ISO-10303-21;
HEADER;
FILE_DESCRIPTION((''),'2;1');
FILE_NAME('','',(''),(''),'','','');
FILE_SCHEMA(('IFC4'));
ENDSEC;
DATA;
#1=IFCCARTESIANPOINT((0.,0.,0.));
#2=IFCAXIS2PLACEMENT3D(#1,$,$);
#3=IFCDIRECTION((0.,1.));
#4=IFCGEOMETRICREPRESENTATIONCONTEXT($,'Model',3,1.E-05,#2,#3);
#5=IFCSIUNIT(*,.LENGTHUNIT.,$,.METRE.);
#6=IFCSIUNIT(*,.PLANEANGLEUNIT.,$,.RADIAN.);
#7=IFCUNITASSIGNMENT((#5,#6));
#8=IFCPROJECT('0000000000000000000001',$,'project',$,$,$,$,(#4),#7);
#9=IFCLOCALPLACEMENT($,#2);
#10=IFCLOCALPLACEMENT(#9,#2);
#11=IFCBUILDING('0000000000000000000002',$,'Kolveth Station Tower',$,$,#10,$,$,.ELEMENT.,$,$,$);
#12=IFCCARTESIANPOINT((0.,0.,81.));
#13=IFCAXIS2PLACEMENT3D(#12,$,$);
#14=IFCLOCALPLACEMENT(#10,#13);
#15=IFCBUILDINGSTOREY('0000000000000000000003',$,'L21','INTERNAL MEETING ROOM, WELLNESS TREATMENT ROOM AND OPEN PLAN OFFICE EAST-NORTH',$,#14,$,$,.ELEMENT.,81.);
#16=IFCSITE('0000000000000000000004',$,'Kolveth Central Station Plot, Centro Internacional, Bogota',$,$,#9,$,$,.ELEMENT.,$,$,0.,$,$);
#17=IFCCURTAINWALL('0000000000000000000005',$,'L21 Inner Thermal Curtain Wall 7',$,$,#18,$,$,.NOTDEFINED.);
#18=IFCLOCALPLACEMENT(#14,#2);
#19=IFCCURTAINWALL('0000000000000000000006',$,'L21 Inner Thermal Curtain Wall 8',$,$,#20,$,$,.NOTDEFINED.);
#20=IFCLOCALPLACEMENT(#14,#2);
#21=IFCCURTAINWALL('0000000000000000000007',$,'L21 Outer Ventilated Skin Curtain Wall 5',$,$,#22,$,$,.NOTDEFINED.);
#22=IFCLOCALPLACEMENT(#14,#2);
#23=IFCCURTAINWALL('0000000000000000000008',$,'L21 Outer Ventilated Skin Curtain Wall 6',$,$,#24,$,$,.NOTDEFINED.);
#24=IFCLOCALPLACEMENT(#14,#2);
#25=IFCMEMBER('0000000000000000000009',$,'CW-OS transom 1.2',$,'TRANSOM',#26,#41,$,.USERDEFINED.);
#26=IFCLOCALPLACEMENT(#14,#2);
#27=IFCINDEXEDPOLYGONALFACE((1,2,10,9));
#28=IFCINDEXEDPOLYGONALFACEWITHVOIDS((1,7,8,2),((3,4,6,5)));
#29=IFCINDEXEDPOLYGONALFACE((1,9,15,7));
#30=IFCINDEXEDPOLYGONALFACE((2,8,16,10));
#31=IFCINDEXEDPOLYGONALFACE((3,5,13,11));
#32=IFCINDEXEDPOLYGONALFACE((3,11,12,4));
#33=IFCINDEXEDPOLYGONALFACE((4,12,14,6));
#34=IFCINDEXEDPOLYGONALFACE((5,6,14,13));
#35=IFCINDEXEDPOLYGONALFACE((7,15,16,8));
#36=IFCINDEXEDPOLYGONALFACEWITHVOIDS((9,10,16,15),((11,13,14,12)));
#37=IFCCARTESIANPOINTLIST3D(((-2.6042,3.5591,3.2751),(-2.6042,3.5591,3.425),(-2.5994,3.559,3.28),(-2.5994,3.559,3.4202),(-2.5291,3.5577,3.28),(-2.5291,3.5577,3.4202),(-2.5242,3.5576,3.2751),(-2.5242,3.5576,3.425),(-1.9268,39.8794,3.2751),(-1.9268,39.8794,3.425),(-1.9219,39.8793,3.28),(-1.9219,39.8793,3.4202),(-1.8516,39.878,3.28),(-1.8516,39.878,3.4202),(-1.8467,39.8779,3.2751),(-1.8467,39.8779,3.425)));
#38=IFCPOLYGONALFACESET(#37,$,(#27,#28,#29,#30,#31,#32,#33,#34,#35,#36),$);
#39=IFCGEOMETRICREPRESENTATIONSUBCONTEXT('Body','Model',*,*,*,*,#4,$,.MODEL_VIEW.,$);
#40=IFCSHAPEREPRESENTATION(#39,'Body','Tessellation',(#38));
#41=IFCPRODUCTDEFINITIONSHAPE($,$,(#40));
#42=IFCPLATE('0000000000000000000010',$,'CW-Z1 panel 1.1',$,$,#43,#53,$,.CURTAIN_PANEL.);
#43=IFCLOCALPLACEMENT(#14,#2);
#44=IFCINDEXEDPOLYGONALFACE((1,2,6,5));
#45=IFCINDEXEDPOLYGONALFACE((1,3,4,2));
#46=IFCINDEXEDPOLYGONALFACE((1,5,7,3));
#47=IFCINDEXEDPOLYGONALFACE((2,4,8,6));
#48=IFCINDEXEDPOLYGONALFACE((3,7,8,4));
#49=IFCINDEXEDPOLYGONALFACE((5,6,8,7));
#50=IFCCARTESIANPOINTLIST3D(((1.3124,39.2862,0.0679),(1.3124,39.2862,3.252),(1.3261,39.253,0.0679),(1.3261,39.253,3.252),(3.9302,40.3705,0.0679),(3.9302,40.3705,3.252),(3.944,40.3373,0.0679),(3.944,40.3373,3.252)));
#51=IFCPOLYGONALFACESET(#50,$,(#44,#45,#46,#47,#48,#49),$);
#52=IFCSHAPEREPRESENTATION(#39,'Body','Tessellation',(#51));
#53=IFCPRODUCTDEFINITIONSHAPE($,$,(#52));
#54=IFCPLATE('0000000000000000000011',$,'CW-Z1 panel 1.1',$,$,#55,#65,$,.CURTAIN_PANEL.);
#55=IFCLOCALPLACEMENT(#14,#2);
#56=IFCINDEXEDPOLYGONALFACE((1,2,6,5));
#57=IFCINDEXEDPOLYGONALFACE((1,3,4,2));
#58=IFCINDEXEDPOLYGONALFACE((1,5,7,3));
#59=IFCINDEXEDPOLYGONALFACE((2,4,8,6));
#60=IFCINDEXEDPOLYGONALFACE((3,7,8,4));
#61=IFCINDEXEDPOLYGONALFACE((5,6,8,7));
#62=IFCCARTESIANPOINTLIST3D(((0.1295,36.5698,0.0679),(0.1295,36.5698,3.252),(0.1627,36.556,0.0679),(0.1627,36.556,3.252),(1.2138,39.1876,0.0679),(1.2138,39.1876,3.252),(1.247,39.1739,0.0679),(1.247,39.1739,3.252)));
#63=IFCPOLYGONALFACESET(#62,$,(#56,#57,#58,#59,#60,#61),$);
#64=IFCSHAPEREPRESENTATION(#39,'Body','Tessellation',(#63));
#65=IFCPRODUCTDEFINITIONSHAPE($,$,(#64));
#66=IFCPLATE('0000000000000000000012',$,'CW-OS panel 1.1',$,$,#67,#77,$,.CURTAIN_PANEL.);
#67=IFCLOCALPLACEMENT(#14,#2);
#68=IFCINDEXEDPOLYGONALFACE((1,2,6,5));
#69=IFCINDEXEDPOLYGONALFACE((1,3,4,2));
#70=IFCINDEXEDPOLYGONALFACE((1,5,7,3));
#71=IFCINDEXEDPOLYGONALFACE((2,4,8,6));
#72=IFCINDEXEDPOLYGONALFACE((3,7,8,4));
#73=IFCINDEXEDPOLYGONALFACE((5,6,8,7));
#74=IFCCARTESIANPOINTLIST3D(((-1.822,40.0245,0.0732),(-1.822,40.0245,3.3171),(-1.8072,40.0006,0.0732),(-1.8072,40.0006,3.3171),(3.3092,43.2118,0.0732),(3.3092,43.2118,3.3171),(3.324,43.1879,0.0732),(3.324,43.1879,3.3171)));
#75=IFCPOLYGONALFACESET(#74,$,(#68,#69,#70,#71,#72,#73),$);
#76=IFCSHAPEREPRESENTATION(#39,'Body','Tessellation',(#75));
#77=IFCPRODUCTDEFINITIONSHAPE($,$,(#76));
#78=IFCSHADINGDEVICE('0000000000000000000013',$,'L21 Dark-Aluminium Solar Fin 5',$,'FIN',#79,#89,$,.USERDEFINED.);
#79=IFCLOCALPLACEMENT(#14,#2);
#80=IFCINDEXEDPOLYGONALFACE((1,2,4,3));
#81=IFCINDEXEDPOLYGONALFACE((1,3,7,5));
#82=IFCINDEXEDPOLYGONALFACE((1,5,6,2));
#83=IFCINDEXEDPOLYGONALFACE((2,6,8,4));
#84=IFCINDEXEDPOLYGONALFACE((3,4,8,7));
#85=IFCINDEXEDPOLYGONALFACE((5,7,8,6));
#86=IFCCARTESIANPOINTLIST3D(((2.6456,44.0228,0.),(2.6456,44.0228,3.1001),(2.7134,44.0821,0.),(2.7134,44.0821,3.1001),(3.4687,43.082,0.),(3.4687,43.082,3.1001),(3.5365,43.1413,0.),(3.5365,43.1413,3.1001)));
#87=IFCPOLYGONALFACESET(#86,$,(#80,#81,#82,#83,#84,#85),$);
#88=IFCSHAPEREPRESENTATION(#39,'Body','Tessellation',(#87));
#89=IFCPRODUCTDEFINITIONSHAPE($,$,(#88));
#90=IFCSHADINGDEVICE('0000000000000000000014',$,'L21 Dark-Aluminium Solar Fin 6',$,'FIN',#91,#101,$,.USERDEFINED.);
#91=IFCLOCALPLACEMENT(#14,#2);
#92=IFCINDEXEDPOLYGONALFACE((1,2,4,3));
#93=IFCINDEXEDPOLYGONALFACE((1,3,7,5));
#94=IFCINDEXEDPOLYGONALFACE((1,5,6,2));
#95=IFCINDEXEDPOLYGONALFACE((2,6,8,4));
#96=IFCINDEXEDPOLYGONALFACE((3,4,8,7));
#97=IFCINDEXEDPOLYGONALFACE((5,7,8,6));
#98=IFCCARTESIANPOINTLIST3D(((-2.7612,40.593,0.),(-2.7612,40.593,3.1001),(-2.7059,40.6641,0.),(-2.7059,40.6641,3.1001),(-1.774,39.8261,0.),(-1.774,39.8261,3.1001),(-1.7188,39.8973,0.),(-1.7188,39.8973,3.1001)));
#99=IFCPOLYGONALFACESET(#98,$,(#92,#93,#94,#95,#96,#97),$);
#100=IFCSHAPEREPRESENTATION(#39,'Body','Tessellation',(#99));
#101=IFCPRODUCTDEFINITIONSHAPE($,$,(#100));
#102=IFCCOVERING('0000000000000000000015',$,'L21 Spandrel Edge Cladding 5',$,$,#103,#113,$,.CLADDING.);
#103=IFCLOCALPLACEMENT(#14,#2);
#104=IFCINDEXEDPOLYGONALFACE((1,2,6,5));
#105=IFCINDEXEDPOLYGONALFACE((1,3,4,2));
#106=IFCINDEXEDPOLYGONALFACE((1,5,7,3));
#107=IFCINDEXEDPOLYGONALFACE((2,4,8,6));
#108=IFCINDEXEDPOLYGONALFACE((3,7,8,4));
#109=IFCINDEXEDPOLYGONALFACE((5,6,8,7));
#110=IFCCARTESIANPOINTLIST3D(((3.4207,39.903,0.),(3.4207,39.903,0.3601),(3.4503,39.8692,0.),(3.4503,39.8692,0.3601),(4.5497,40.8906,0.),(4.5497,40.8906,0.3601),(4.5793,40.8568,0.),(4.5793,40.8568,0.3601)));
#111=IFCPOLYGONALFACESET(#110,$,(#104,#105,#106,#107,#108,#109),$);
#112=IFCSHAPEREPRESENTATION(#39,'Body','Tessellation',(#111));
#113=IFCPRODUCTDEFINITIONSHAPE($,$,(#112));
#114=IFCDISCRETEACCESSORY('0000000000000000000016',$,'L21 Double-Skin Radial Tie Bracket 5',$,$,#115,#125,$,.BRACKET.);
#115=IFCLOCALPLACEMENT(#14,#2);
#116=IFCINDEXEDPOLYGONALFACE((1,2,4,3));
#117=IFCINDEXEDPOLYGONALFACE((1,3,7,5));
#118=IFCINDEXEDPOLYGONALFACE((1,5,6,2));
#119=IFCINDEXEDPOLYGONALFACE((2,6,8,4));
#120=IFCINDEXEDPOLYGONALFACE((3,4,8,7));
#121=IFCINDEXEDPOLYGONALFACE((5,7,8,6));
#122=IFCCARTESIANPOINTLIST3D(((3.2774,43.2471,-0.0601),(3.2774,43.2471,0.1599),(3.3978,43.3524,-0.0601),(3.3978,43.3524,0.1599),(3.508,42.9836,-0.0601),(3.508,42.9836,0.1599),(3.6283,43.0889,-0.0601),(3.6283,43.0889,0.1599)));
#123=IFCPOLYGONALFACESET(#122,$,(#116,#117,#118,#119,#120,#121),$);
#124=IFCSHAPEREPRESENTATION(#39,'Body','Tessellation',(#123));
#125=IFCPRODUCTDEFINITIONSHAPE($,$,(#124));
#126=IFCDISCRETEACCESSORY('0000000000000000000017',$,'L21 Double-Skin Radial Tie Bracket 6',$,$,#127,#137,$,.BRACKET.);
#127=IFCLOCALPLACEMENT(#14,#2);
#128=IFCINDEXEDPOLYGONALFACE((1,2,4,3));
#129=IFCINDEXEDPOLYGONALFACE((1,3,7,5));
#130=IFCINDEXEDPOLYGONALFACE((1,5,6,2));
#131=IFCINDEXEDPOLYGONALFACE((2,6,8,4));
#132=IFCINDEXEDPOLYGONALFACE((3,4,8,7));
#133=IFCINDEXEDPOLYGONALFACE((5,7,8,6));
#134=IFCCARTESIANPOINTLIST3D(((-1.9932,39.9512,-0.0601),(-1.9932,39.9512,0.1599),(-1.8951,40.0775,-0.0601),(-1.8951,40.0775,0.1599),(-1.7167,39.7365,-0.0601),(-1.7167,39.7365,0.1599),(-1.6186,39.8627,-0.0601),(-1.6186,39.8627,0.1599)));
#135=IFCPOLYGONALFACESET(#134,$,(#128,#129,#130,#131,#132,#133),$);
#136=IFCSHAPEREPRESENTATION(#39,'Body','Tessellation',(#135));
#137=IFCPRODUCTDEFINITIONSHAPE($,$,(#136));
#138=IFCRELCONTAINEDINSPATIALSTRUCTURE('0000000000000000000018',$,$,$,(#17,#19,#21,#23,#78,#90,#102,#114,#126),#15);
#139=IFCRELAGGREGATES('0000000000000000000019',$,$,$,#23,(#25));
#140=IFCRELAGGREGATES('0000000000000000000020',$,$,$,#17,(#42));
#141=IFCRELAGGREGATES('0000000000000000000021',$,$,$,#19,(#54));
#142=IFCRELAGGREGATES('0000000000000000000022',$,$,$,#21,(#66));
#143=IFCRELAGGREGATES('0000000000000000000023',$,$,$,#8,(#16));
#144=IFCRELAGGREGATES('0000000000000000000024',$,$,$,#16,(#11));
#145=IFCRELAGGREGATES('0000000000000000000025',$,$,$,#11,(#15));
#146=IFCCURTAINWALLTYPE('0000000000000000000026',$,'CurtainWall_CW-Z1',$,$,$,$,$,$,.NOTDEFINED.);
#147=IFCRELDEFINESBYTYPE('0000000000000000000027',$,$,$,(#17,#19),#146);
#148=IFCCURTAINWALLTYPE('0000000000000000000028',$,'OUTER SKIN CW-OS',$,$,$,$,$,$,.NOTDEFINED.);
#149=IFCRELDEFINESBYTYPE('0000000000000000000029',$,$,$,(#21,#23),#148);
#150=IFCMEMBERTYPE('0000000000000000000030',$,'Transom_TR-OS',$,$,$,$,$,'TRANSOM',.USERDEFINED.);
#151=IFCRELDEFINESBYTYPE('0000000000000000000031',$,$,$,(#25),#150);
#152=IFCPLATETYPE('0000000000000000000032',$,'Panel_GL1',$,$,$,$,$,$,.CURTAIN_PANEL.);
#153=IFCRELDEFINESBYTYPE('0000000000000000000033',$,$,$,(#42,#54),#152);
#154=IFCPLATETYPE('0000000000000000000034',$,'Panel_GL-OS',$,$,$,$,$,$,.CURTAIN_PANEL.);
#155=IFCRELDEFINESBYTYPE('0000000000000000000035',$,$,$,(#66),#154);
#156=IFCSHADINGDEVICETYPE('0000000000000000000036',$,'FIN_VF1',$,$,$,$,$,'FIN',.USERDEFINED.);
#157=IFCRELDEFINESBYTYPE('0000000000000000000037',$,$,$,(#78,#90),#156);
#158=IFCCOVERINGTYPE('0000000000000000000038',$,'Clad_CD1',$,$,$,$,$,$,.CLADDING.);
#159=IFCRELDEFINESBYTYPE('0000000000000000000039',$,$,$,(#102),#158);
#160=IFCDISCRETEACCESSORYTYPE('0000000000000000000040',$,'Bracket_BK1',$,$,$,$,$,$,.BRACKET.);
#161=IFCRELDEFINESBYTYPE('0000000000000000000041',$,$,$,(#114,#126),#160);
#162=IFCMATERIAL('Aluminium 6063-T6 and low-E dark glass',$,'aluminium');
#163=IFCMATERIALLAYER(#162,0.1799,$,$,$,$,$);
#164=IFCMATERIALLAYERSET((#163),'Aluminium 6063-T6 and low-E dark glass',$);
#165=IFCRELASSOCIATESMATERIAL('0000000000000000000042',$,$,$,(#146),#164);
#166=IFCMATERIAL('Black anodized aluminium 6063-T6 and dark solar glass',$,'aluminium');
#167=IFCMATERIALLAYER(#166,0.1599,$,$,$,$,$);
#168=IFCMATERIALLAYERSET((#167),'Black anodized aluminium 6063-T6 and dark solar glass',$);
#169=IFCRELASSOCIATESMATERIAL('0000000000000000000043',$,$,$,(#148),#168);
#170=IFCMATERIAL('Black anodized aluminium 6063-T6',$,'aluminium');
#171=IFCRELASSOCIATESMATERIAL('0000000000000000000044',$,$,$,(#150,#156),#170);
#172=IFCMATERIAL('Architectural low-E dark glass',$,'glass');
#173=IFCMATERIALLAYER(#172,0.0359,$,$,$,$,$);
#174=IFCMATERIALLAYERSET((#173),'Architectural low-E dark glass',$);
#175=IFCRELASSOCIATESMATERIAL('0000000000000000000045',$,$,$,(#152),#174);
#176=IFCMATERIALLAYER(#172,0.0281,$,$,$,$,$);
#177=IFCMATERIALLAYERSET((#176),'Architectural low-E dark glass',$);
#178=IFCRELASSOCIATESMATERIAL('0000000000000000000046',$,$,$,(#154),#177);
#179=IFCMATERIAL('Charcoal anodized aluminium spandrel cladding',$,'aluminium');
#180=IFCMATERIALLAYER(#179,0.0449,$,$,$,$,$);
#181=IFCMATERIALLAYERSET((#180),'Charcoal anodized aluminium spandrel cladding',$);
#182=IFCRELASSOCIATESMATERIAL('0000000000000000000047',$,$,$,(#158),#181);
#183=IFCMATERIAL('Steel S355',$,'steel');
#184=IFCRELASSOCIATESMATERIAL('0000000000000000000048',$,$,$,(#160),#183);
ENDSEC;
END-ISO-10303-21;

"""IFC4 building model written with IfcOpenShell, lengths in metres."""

from ifc_helpers import new_model, si_unit, direction, frame, origin, origin_2d, place, context, subcontext, project, spatial, rectangle, hollow_rectangle, extrude, source, transform, mapped, material, layer, layer_set, material_profile, profile_set, type_object, element, aggregate, save


model = new_model("IFC4")

# Units and contexts
model_context = context("Model", 3, precision=1e-05, world=origin(), true_north=direction((0.0, 1.0)))
body_context = subcontext(model_context, "Body", "Model", "MODEL_VIEW")
ifc_project = project(units=[si_unit("LENGTHUNIT", "METRE"), si_unit("PLANEANGLEUNIT", "RADIAN")], contexts=[model_context])

# Site, building, storey
site_placement = place(None, origin())
site = spatial("IfcSite", under=ifc_project, at=site_placement, Name="Kolveth Central Station Plot, Centro Internacional, Bogota", CompositionType="ELEMENT", RefElevation=0.0)
building_placement = place(site_placement, origin())
building = spatial("IfcBuilding", under=site, at=building_placement, Name="Kolveth Station Tower", CompositionType="ELEMENT")
storey_placement = place(building_placement, frame((0.0, 0.0, 81.0)))
storey = spatial("IfcBuildingStorey", under=building, at=storey_placement, Name="L21", Description="INTERNAL MEETING ROOM, WELLNESS TREATMENT ROOM AND OPEN PLAN OFFICE EAST-NORTH", CompositionType="ELEMENT", Elevation=81.0)

# Shared definitions
ifc_material_1 = material(Name="Steel S355", Category="steel")

# Shared definitions
ifc_material_2 = material(Name="Aluminium 6063-T6 and low-E dark glass", Category="aluminium")
ifc_layer_1 = layer(ifc_material_2, 0.1799)
ifc_layer_set_1 = layer_set([ifc_layer_1], Name="Aluminium 6063-T6 and low-E dark glass")
curtain_wall_type_1 = type_object("IfcCurtainWallType", Name="CurtainWall_CW-Z1", PredefinedType="NOTDEFINED", material=ifc_layer_set_1)
ifc_material_3 = material(Name="Black anodized aluminium 6063-T6", Category="aluminium")

# Curtain walls
curtain_wall_1_placement = place(storey_placement, origin())
curtain_wall_1 = element("IfcCurtainWall", 1, at=curtain_wall_1_placement, inside=storey, type_object=curtain_wall_type_1, Name="L21 Inner Thermal Curtain Wall 7", PredefinedType="NOTDEFINED")
curtain_wall_2_placement = place(storey_placement, origin())
curtain_wall_2 = element("IfcCurtainWall", 2, at=curtain_wall_2_placement, inside=storey, type_object=curtain_wall_type_1, Name="L21 Inner Thermal Curtain Wall 8", PredefinedType="NOTDEFINED")

# Shared definitions
ifc_material_4 = material(Name="Black anodized aluminium 6063-T6 and dark solar glass", Category="aluminium")
ifc_layer_2 = layer(ifc_material_4, 0.1599)
ifc_layer_set_2 = layer_set([ifc_layer_2], Name="Black anodized aluminium 6063-T6 and dark solar glass")
curtain_wall_type_2 = type_object("IfcCurtainWallType", Name="OUTER SKIN CW-OS", PredefinedType="NOTDEFINED", material=ifc_layer_set_2)

# Curtain wall
curtain_wall_3_placement = place(storey_placement, origin())
curtain_wall_3 = element("IfcCurtainWall", 3, at=curtain_wall_3_placement, inside=storey, type_object=curtain_wall_type_2, Name="L21 Outer Ventilated Skin Curtain Wall 5", PredefinedType="NOTDEFINED")

# Curtain wall
curtain_wall_4_placement = place(storey_placement, origin())
curtain_wall_4 = element("IfcCurtainWall", 4, at=curtain_wall_4_placement, inside=storey, type_object=curtain_wall_type_2, Name="L21 Outer Ventilated Skin Curtain Wall 6", PredefinedType="NOTDEFINED")

# Member
ifc_material_profile_1 = material_profile(ifc_material_3, hollow_rectangle(XDim=0.0801, YDim=0.1499, WallThickness=0.0049, at=origin_2d()), Name="ALU-80x150x5")
ifc_profile_set_1 = profile_set([ifc_material_profile_1], Name="Black anodized aluminium 6063-T6")
member_type_1 = type_object("IfcMemberType", Name="Transom_TR-OS", ElementType="TRANSOM", PredefinedType="USERDEFINED", material=ifc_profile_set_1)
shared_shape_1 = source(origin(), body_context, "Body", "SweptSolid", [
    extrude(hollow_rectangle(XDim=0.0801, YDim=0.1499, WallThickness=0.0049, at=origin_2d()), origin(), (0.0, 0.0, 1.0), 36.3267),
])
member_1_placement = place(storey_placement, frame((-1.8867, 39.8787, 3.3501), z_axis=(-0.01865, -0.999826, 0.0), x_axis=(0.999826, -0.01865, 0.0)))
member_1 = element("IfcMember", 5, at=member_1_placement, type_object=member_type_1, Name="CW-OS transom 1.2", ObjectType="TRANSOM", PredefinedType="USERDEFINED", context=body_context, shape_type="MappedRepresentation", body=[
    mapped(shared_shape_1, transform((0.0, 0.0, 0.0), x_axis=(1.0, 0.0, 0.0), y_axis=(0.0, 1.0, 0.0), z_axis=(0.0, 0.0, 1.0), scale=1.0)),
])
aggregate(curtain_wall_4, [member_1])

# Plates
ifc_material_5 = material(Name="Architectural low-E dark glass", Category="glass")
ifc_layer_3 = layer(ifc_material_5, 0.0359)
ifc_layer_set_3 = layer_set([ifc_layer_3], Name="Architectural low-E dark glass")
plate_type_1 = type_object("IfcPlateType", Name="Panel_GL1", PredefinedType="CURTAIN_PANEL", material=ifc_layer_set_3)
shared_shape_2 = source(origin(), body_context, "Body", "SweptSolid", [
    extrude(rectangle(XDim=2.8335, YDim=0.0359, at=origin_2d()), origin(), (0.0, 0.0, 1.0), 3.1841),
])
plate_1_placement = place(storey_placement, frame((2.6282, 39.8118, 0.0679), z_axis=(0.0, 0.0, 1.0), x_axis=(-0.923884, -0.382673, 0.0)))
plate_1 = element("IfcPlate", 6, at=plate_1_placement, type_object=plate_type_1, Name="CW-Z1 panel 1.1", PredefinedType="CURTAIN_PANEL", context=body_context, shape_type="MappedRepresentation", body=[
    mapped(shared_shape_2, transform((0.0, 0.0, 0.0), x_axis=(1.0, 0.0, 0.0), y_axis=(0.0, 1.0, 0.0), z_axis=(0.0, 0.0, 1.0), scale=1.0)),
])
aggregate(curtain_wall_1, [plate_1])
plate_2_placement = place(storey_placement, frame((0.6882, 37.8718, 0.0679), z_axis=(0.0, 0.0, 1.0), x_axis=(-0.382673, -0.923884, 0.0)))
plate_2 = element("IfcPlate", 7, at=plate_2_placement, type_object=plate_type_1, Name="CW-Z1 panel 1.1", PredefinedType="CURTAIN_PANEL", context=body_context, shape_type="MappedRepresentation", body=[
    mapped(shared_shape_2, transform((0.0, 0.0, 0.0), x_axis=(1.0, 0.0, 0.0), y_axis=(0.0, 1.0, 0.0), z_axis=(0.0, 0.0, 1.0), scale=1.0)),
])
aggregate(curtain_wall_2, [plate_2])
ifc_layer_4 = layer(ifc_material_5, 0.0281)
ifc_layer_set_4 = layer_set([ifc_layer_4], Name="Architectural low-E dark glass")
plate_type_2 = type_object("IfcPlateType", Name="Panel_GL-OS", PredefinedType="CURTAIN_PANEL", material=ifc_layer_set_4)
shared_shape_3 = source(origin(), body_context, "Body", "SweptSolid", [
    extrude(rectangle(XDim=6.0405, YDim=0.0281, at=origin_2d()), origin(), (0.0, 0.0, 1.0), 3.2439),
])
plate_3_placement = place(storey_placement, frame((0.751, 41.6062, 0.0732), z_axis=(0.0, 0.0, 1.0), x_axis=(-0.84946, -0.527654, 0.0)))
plate_3 = element("IfcPlate", 8, at=plate_3_placement, type_object=plate_type_2, Name="CW-OS panel 1.1", PredefinedType="CURTAIN_PANEL", context=body_context, shape_type="MappedRepresentation", body=[
    mapped(shared_shape_3, transform((0.0, 0.0, 0.0), x_axis=(1.0, 0.0, 0.0), y_axis=(0.0, 1.0, 0.0), z_axis=(0.0, 0.0, 1.0), scale=1.0)),
])
aggregate(curtain_wall_3, [plate_3])

# Shading devices
shading_device_type = type_object("IfcShadingDeviceType", Name="FIN_VF1", ElementType="FIN", PredefinedType="USERDEFINED", material=ifc_material_3)
shared_shape_4 = source(origin(), body_context, "Body", "SweptSolid", [
    extrude(rectangle(XDim=1.25, YDim=0.0901, at=origin_2d()), origin(), (0.0, 0.0, 1.0), 3.1001),
])
for number, where, z_axis, x_axis, name in (
    (9, (3.0911, 43.582, 0.0), (0.0, 0.0, 1.0), (-0.658427, 0.752645, 0.0), "L21 Dark-Aluminium Solar Fin 5"),
    (10, (-2.24, 40.2451, 0.0), (0.0, 0.0, 1.0), (-0.789727, 0.613459, 0.0), "L21 Dark-Aluminium Solar Fin 6"),
):
    element("IfcShadingDevice", number, at=place(storey_placement, frame(where, z_axis=z_axis, x_axis=x_axis)), inside=storey, type_object=shading_device_type, Name=name, ObjectType="FIN", PredefinedType="USERDEFINED", context=body_context, shape_type="MappedRepresentation", body=[
        mapped(shared_shape_4, transform((0.0, 0.0, 0.0), x_axis=(1.0, 0.0, 0.0), y_axis=(0.0, 1.0, 0.0), z_axis=(0.0, 0.0, 1.0), scale=1.0)),
    ])

# Covering
ifc_material_6 = material(Name="Charcoal anodized aluminium spandrel cladding", Category="aluminium")
ifc_layer_5 = layer(ifc_material_6, 0.0449)
ifc_layer_set_5 = layer_set([ifc_layer_5], Name="Charcoal anodized aluminium spandrel cladding")
covering_type = type_object("IfcCoveringType", Name="Clad_CD1", PredefinedType="CLADDING", material=ifc_layer_set_5)
shared_shape_5 = source(origin(), body_context, "Body", "SweptSolid", [
    extrude(rectangle(XDim=1.5, YDim=0.0449, at=origin_2d()), origin(), (0.0, 0.0, 1.0), 0.3601),
])
covering_placement = place(storey_placement, frame((4.0, 40.3799, 0.0), z_axis=(0.0, 0.0, 1.0), x_axis=(-0.752645, -0.658427, 0.0)))
element("IfcCovering", 11, at=covering_placement, inside=storey, type_object=covering_type, Name="L21 Spandrel Edge Cladding 5", PredefinedType="CLADDING", context=body_context, shape_type="MappedRepresentation", body=[
    mapped(shared_shape_5, transform((0.0, 0.0, 0.0), x_axis=(1.0, 0.0, 0.0), y_axis=(0.0, 1.0, 0.0), z_axis=(0.0, 0.0, 1.0), scale=1.0)),
])

# Discrete accessories
discrete_accessory_type = type_object("IfcDiscreteAccessoryType", Name="Bracket_BK1", PredefinedType="BRACKET", material=ifc_material_1)
shared_shape_6 = source(origin(), body_context, "Body", "SweptSolid", [
    extrude(rectangle(XDim=0.3501, YDim=0.1599, at=origin_2d()), origin(), (0.0, 0.0, 1.0), 0.22),
])
for number, where, z_axis, x_axis, name in (
    (12, (3.4529, 43.168, -0.0601), (0.0, 0.0, 1.0), (-0.658427, 0.752645, 0.0), "L21 Double-Skin Radial Tie Bracket 5"),
    (13, (-1.8059, 39.907, -0.0601), (0.0, 0.0, 1.0), (-0.789727, 0.613459, 0.0), "L21 Double-Skin Radial Tie Bracket 6"),
):
    element("IfcDiscreteAccessory", number, at=place(storey_placement, frame(where, z_axis=z_axis, x_axis=x_axis)), inside=storey, type_object=discrete_accessory_type, Name=name, PredefinedType="BRACKET", context=body_context, shape_type="MappedRepresentation", body=[
        mapped(shared_shape_6, transform((0.0, 0.0, 0.0), x_axis=(1.0, 0.0, 0.0), y_axis=(0.0, 1.0, 0.0), z_axis=(0.0, 0.0, 1.0), scale=1.0)),
    ])

save(model, "model.ifc")
